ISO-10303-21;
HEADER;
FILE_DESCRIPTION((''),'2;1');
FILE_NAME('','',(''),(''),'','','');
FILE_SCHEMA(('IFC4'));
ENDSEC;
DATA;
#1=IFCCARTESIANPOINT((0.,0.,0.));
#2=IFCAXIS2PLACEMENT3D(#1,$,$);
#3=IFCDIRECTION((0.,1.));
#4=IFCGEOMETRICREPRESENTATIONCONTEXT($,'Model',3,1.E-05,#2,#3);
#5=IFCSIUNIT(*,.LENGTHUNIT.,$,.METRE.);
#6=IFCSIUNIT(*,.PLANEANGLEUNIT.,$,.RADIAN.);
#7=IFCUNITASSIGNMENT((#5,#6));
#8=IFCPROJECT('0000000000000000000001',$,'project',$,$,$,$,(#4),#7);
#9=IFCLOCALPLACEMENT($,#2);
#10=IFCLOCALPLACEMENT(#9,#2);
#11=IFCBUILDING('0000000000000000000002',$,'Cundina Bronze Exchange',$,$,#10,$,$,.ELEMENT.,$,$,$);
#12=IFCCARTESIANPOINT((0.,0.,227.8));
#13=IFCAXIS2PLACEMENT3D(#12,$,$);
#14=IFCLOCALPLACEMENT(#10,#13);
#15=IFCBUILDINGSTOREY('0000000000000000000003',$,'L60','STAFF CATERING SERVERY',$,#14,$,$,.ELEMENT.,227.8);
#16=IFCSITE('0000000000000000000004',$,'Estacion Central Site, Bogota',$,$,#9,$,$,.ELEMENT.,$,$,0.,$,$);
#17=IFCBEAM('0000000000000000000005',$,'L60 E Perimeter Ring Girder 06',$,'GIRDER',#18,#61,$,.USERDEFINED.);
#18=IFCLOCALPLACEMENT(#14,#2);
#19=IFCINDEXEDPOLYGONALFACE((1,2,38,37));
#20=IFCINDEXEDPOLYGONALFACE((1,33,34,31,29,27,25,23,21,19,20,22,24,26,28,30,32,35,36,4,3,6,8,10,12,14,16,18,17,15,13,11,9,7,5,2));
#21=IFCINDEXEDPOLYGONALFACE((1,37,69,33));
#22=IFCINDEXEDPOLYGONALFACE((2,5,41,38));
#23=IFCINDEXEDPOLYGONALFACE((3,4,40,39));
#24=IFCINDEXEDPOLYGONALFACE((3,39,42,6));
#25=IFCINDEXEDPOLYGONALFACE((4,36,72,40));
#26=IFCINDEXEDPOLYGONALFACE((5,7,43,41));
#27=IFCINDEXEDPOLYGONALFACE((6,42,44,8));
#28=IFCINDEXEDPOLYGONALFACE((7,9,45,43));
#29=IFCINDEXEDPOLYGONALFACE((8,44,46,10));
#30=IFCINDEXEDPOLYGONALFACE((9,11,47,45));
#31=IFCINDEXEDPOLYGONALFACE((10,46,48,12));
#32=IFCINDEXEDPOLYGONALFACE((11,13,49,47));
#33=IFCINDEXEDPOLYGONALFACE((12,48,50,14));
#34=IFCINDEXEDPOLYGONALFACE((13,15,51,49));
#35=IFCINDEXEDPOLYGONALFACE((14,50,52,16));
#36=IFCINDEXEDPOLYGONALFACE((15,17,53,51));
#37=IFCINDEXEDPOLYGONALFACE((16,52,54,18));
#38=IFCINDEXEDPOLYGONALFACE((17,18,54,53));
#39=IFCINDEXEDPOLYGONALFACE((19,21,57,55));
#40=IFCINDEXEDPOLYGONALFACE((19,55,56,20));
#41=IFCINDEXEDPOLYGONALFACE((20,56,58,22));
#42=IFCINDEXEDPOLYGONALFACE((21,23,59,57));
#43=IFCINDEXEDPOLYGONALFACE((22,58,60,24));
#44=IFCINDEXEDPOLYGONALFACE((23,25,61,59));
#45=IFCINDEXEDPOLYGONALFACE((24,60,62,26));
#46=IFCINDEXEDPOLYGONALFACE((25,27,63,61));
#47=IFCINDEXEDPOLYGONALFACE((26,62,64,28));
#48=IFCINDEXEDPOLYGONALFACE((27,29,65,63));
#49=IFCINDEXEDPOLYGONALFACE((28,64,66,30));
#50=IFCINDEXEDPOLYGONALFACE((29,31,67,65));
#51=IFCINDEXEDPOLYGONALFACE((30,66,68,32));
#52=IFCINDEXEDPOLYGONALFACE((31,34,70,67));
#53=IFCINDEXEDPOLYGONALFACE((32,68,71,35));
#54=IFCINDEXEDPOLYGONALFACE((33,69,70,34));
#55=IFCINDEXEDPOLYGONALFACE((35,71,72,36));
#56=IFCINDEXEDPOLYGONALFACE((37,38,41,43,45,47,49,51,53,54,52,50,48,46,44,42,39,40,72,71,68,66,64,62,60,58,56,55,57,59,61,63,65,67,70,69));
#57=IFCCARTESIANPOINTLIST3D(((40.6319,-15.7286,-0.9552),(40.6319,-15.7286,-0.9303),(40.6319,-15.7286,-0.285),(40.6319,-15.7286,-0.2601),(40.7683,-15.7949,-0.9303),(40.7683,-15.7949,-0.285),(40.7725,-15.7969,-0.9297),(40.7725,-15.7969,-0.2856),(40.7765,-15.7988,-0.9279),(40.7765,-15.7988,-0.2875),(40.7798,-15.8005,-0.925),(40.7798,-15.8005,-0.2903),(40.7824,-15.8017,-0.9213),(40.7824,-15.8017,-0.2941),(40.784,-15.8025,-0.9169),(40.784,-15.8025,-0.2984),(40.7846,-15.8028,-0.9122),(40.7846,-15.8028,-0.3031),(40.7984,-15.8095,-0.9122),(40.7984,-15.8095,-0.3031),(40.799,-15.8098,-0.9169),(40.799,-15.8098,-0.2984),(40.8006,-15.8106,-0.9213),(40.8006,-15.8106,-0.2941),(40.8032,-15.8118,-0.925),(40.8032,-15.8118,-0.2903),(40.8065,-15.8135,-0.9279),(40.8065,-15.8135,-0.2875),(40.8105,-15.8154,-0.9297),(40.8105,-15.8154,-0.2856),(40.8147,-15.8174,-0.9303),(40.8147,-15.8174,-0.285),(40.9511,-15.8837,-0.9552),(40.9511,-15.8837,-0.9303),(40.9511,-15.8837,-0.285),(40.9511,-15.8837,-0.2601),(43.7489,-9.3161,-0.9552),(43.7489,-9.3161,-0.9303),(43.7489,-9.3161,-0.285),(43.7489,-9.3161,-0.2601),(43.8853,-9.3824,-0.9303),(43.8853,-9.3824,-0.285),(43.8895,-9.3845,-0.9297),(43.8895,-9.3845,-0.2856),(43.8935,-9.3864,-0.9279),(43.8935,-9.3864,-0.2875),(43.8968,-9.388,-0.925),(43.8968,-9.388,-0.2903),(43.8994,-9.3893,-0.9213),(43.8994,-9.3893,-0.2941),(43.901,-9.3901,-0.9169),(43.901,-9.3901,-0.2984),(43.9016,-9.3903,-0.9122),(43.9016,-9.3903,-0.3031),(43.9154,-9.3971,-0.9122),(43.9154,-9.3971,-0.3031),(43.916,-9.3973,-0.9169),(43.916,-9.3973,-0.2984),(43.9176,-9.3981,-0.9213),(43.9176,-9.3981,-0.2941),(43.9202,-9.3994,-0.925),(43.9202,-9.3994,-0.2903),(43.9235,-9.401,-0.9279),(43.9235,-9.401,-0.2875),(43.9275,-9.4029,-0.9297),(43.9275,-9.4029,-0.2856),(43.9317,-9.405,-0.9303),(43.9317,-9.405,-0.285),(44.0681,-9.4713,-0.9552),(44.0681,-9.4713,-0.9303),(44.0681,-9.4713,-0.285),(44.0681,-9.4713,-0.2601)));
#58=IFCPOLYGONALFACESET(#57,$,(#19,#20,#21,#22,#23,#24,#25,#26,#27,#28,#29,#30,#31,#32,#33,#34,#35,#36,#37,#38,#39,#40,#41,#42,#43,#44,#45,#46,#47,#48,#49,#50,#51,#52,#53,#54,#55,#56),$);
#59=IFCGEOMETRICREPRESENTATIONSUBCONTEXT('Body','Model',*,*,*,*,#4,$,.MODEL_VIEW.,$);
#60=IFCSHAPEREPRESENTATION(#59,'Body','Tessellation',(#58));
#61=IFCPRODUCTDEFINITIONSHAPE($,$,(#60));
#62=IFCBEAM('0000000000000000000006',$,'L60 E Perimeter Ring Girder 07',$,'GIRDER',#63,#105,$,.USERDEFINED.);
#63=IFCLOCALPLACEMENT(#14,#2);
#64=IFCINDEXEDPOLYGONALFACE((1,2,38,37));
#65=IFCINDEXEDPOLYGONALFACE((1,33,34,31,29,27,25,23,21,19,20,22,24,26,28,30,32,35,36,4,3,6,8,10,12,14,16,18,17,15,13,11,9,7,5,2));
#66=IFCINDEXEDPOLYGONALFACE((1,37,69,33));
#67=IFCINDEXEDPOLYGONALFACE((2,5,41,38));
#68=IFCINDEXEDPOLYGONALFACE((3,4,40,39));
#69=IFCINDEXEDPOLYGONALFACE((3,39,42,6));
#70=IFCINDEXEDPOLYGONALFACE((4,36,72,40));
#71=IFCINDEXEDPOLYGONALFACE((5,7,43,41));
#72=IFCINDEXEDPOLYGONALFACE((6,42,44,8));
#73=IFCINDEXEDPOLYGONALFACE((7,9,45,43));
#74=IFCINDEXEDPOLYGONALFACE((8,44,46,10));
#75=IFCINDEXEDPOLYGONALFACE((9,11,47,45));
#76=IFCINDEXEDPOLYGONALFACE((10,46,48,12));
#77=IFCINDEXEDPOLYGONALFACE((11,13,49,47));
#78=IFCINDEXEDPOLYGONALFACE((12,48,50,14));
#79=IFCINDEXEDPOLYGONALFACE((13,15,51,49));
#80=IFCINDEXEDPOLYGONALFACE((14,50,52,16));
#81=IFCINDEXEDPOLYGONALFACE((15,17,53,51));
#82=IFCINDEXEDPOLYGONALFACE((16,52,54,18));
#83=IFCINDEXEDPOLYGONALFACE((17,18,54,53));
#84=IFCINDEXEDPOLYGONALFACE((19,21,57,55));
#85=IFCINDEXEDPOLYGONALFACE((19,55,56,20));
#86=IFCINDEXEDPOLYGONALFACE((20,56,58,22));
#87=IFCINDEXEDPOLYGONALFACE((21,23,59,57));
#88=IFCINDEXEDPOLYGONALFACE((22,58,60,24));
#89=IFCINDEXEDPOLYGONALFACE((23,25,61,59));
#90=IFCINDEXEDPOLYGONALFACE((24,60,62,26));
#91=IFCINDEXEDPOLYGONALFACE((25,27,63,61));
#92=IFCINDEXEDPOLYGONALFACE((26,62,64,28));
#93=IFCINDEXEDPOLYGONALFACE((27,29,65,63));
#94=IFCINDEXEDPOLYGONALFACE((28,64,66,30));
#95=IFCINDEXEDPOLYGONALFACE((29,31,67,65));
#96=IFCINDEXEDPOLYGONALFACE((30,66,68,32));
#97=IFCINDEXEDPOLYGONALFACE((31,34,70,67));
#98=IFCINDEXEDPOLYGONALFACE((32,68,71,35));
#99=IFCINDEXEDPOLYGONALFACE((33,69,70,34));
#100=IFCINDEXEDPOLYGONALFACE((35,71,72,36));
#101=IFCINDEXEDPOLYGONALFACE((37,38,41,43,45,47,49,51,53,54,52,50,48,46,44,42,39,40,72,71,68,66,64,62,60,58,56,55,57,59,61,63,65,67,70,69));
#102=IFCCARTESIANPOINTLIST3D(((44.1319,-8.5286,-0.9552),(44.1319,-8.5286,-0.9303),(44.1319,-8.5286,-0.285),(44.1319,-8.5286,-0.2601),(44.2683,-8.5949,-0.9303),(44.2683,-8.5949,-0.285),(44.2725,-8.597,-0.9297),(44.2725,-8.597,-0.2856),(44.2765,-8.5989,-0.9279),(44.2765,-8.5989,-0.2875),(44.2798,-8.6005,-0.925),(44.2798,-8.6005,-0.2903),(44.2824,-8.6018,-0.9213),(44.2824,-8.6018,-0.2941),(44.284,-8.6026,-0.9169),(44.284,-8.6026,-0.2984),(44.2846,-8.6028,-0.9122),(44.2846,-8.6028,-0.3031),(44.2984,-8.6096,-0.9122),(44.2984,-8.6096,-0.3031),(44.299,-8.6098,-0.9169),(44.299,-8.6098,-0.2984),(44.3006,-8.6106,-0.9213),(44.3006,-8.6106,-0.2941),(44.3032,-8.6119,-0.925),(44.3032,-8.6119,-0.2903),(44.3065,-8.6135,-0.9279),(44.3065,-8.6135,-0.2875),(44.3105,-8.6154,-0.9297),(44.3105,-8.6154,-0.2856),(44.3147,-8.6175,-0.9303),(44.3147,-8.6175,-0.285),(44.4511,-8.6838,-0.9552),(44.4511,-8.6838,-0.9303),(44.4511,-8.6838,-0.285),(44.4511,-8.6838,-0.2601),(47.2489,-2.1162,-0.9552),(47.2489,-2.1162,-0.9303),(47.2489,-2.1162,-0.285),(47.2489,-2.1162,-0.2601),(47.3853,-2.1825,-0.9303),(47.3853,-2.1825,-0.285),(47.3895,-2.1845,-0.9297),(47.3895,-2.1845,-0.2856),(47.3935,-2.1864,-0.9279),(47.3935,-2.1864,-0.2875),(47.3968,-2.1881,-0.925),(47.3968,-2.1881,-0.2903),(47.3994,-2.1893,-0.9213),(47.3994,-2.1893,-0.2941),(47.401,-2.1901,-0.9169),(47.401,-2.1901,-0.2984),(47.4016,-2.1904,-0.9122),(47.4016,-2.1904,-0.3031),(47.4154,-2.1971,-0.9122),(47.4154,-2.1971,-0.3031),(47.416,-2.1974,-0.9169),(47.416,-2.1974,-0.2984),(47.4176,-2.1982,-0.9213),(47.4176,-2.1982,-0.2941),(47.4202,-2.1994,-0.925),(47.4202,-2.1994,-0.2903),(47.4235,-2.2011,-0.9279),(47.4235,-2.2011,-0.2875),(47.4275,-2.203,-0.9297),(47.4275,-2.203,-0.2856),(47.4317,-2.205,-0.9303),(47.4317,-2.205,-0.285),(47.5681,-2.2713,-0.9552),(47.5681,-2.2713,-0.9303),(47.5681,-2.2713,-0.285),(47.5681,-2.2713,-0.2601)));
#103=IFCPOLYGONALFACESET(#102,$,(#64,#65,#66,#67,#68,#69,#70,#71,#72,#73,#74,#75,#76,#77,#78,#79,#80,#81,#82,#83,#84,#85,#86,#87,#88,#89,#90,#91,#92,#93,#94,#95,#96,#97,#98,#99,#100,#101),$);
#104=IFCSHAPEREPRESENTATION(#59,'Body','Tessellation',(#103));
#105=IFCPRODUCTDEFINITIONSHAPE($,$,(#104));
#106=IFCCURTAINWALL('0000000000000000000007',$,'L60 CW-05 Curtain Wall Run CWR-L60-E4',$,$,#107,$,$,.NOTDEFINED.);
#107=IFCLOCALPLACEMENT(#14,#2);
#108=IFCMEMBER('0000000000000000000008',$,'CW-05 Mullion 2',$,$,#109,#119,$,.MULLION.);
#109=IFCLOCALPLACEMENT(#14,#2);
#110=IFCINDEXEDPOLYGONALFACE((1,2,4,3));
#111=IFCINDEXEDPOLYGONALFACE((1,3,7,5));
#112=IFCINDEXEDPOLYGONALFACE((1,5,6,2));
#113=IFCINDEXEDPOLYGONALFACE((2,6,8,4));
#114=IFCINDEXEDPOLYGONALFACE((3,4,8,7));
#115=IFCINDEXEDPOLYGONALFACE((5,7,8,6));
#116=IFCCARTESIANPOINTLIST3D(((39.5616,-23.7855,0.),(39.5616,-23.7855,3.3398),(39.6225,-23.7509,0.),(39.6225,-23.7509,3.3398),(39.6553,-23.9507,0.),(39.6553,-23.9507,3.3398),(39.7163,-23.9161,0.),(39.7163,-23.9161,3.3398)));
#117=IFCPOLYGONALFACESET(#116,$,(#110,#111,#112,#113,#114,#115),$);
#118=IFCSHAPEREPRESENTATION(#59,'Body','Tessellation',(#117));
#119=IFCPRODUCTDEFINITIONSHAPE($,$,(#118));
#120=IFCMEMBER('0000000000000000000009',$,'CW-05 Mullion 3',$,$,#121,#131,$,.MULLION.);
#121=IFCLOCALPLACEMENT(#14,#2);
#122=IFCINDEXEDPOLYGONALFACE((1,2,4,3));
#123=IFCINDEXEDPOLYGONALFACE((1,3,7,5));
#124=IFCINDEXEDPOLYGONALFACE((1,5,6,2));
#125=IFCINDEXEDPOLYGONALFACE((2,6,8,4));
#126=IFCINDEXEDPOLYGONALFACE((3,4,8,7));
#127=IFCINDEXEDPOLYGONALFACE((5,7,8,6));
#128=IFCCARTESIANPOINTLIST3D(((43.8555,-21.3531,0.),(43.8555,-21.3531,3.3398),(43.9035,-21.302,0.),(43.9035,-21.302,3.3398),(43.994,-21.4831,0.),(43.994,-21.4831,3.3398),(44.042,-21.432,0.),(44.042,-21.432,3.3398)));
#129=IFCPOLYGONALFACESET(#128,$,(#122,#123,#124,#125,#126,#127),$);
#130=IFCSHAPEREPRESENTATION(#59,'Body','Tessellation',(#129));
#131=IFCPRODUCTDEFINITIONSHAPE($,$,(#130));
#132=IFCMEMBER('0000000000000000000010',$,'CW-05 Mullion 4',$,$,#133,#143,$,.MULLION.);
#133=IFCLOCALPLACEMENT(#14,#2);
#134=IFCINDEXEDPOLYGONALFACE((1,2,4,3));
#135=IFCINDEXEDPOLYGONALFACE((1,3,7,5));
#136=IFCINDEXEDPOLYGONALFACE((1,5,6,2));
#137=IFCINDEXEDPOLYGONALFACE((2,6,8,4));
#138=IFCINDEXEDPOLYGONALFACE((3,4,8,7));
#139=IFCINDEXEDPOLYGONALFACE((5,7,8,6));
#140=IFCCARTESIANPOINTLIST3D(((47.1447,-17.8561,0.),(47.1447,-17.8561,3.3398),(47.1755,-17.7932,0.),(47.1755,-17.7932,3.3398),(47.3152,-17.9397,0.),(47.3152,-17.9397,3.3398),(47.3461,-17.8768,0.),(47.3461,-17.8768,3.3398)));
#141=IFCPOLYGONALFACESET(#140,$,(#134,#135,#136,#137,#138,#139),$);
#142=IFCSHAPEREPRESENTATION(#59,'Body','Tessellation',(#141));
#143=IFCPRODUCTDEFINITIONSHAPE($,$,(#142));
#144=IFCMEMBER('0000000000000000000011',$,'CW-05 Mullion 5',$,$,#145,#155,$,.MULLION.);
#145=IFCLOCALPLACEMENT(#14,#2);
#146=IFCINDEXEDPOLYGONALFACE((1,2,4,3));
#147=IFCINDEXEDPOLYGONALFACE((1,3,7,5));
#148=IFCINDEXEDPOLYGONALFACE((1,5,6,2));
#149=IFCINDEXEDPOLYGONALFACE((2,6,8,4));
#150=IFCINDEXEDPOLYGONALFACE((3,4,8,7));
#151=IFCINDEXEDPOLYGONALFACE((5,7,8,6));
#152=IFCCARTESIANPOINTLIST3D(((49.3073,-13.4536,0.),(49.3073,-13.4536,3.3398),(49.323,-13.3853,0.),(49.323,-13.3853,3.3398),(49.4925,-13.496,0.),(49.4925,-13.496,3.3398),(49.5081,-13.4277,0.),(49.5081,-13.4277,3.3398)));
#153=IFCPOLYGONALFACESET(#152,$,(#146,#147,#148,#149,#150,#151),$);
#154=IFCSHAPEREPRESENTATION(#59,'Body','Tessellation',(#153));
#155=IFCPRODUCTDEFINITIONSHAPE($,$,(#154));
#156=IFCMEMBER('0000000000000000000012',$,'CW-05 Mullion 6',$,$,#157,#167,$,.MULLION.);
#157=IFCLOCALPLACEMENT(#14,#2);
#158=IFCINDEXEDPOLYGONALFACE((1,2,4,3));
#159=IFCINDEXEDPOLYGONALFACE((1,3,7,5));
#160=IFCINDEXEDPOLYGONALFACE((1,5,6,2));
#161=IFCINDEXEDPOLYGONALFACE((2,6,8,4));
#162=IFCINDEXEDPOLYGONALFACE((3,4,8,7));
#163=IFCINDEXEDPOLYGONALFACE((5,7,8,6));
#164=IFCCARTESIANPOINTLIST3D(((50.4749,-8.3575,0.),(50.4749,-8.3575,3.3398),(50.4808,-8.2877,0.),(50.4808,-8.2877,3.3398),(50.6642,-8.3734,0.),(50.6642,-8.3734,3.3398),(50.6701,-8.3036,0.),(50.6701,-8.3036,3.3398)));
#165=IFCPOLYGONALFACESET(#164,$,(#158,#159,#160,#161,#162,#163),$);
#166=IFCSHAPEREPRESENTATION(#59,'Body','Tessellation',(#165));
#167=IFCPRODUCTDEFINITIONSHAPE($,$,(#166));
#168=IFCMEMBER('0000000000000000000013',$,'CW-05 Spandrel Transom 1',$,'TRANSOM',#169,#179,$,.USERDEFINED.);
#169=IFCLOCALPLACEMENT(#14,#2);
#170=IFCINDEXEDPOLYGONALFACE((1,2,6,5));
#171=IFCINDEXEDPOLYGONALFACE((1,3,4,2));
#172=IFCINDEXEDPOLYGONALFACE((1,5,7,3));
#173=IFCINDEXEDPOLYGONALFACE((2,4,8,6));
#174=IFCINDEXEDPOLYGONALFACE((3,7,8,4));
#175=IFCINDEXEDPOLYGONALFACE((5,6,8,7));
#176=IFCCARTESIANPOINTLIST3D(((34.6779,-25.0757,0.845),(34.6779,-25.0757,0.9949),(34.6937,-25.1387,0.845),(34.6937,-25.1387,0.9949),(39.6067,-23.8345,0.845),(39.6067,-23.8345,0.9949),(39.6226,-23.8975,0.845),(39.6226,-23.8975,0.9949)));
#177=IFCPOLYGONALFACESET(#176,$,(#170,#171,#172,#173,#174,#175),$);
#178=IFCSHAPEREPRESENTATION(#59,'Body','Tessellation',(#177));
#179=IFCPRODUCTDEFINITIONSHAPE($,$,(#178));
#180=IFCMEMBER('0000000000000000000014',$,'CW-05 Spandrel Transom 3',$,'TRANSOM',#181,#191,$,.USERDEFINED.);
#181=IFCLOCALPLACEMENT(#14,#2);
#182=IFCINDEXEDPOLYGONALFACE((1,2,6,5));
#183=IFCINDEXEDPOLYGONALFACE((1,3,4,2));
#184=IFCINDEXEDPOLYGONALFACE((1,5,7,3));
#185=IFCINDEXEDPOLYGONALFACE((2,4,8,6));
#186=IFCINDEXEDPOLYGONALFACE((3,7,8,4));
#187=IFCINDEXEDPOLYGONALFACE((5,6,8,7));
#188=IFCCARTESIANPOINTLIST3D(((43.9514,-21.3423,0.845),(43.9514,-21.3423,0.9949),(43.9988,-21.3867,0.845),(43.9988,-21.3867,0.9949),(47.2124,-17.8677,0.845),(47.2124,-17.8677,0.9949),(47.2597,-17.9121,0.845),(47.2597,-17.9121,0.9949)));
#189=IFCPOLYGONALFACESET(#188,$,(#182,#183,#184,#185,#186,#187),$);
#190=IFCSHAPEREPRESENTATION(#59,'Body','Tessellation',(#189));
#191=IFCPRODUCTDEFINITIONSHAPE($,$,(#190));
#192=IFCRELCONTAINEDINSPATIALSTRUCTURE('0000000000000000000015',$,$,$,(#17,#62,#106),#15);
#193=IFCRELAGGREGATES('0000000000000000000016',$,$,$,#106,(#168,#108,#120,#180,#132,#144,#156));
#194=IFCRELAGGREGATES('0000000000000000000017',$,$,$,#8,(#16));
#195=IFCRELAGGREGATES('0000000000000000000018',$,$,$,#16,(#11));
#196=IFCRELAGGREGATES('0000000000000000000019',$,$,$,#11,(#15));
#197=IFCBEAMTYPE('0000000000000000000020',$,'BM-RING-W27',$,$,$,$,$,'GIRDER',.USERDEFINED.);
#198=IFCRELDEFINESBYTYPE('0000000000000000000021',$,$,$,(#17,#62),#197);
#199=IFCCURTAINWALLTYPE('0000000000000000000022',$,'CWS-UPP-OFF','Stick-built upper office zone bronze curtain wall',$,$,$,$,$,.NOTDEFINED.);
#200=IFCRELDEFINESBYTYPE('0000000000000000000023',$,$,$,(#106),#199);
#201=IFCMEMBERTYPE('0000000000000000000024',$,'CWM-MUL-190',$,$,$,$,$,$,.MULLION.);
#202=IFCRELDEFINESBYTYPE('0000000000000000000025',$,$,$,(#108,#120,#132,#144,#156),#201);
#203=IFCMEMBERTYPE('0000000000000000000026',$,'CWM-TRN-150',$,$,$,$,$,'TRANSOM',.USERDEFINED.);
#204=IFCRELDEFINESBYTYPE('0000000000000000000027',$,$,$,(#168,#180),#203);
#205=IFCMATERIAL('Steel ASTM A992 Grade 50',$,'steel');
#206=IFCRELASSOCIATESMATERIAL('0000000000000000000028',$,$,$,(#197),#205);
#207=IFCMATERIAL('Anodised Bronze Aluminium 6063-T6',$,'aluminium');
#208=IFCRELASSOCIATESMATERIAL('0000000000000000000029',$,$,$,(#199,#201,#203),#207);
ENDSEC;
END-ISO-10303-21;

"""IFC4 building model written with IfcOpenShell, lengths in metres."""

from ifc_helpers import new_model, si_unit, direction, frame, origin, origin_2d, place, context, subcontext, project, spatial, rectangle, i_section, extrude, material, material_profile, profile_set, type_object, element, aggregate, save


model = new_model("IFC4")

# Units and contexts
model_context = context("Model", 3, precision=1e-05, world=origin(), true_north=direction((0.0, 1.0)))
body_context = subcontext(model_context, "Body", "Model", "MODEL_VIEW")
ifc_project = project(units=[si_unit("LENGTHUNIT", "METRE"), si_unit("PLANEANGLEUNIT", "RADIAN")], contexts=[model_context])

# Site, building, storey
site_placement = place(None, origin())
site = spatial("IfcSite", under=ifc_project, at=site_placement, Name="Estacion Central Site, Bogota", CompositionType="ELEMENT", RefElevation=0.0)
building_placement = place(site_placement, origin())
building = spatial("IfcBuilding", under=site, at=building_placement, Name="Cundina Bronze Exchange", CompositionType="ELEMENT")
storey_placement = place(building_placement, frame((0.0, 0.0, 227.8)))
storey = spatial("IfcBuildingStorey", under=building, at=storey_placement, Name="L60", Description="STAFF CATERING SERVERY", CompositionType="ELEMENT", Elevation=227.8)

# Beams
ifc_material_1 = material(Name="Steel ASTM A992 Grade 50", Category="steel")
ifc_material_profile_1 = material_profile(ifc_material_1, i_section(OverallWidth=0.355, OverallDepth=0.6951, WebThickness=0.0154, FlangeThickness=0.0249, FilletRadius=0.0181, at=origin_2d()), Name="W27X146", Category="steel")
ifc_profile_set_1 = profile_set([ifc_material_profile_1], Name="Steel ASTM A992 Grade 50")
beam_type_1 = type_object("IfcBeamType", Name="BM-RING-W27", ElementType="GIRDER", PredefinedType="USERDEFINED", material=ifc_profile_set_1)
for number, where, z_axis, x_axis, name in (
    (1, (40.7915, -15.8062, -0.6077), (0.437173, 0.899377, 0.0), (-0.899377, 0.437173, 0.0), "L60 E Perimeter Ring Girder 06"),
    (2, (44.2915, -8.6062, -0.6077), (0.437173, 0.899377, 0.0), (-0.899377, 0.437173, 0.0), "L60 E Perimeter Ring Girder 07"),
):
    element("IfcBeam", number, at=place(storey_placement, frame(where, z_axis=z_axis, x_axis=x_axis)), inside=storey, type_object=beam_type_1, Name=name, ObjectType="GIRDER", PredefinedType="USERDEFINED", context=body_context, shape_type="SweptSolid", body=[
        extrude(i_section(OverallWidth=0.355, OverallDepth=0.6951, WebThickness=0.0154, FlangeThickness=0.0249, FilletRadius=0.0181, at=origin_2d()), origin(), (0.0, 0.0, 1.0), 7.1299),
    ])

# Curtain wall, members
ifc_material_2 = material(Name="Anodised Bronze Aluminium 6063-T6", Category="aluminium")
curtain_wall_type = type_object("IfcCurtainWallType", Name="CWS-UPP-OFF", Description="Stick-built upper office zone bronze curtain wall", PredefinedType="NOTDEFINED", material=ifc_material_2)
curtain_wall_placement = place(storey_placement, origin())
curtain_wall = element("IfcCurtainWall", 3, at=curtain_wall_placement, inside=storey, type_object=curtain_wall_type, Name="L60 CW-05 Curtain Wall Run CWR-L60-E4", PredefinedType="NOTDEFINED")
ifc_material_profile_2 = material_profile(ifc_material_2, rectangle(XDim=0.0701, YDim=0.1899, at=origin_2d()), Name="AL70X190", Category="aluminium")
ifc_profile_set_2 = profile_set([ifc_material_profile_2], Name="Anodised Bronze Aluminium 6063-T6")
member_type_1 = type_object("IfcMemberType", Name="CWM-MUL-190", PredefinedType="MULLION", material=ifc_profile_set_2)
member_1_placement = place(storey_placement, frame((39.6389, -23.8508, 0.0), z_axis=(0.0, 0.0, 1.0), x_axis=(0.869581, 0.49379, 0.0)))
member_1 = element("IfcMember", 4, at=member_1_placement, type_object=member_type_1, Name="CW-05 Mullion 2", PredefinedType="MULLION", context=body_context, shape_type="SweptSolid", body=[
    extrude(rectangle(XDim=0.0701, YDim=0.1899, at=origin_2d()), origin(), (0.0, 0.0, 1.0), 3.3398),
])
member_2_placement = place(storey_placement, frame((43.9487, -21.3926, 0.0), z_axis=(0.0, 0.0, 1.0), x_axis=(0.684293, 0.729208, 0.0)))
member_2 = element("IfcMember", 5, at=member_2_placement, type_object=member_type_1, Name="CW-05 Mullion 3", PredefinedType="MULLION", context=body_context, shape_type="SweptSolid", body=[
    extrude(rectangle(XDim=0.0701, YDim=0.1899, at=origin_2d()), origin(), (0.0, 0.0, 1.0), 3.3398),
])
member_3_placement = place(storey_placement, frame((47.2454, -17.8665, 0.0), z_axis=(0.0, 0.0, 1.0), x_axis=(0.440566, 0.89772, 0.0)))
member_3 = element("IfcMember", 6, at=member_3_placement, type_object=member_type_1, Name="CW-05 Mullion 4", PredefinedType="MULLION", context=body_context, shape_type="SweptSolid", body=[
    extrude(rectangle(XDim=0.0701, YDim=0.1899, at=origin_2d()), origin(), (0.0, 0.0, 1.0), 3.3398),
])
member_4_placement = place(storey_placement, frame((49.4077, -13.4407, 0.0), z_axis=(0.0, 0.0, 1.0), x_axis=(0.22325, 0.974761, 0.0)))
member_4 = element("IfcMember", 7, at=member_4_placement, type_object=member_type_1, Name="CW-05 Mullion 5", PredefinedType="MULLION", context=body_context, shape_type="SweptSolid", body=[
    extrude(rectangle(XDim=0.0701, YDim=0.1899, at=origin_2d()), origin(), (0.0, 0.0, 1.0), 3.3398),
])
member_5_placement = place(storey_placement, frame((50.5725, -8.3306, 0.0), z_axis=(0.0, 0.0, 1.0), x_axis=(0.083678, 0.996493, 0.0)))
member_5 = element("IfcMember", 8, at=member_5_placement, type_object=member_type_1, Name="CW-05 Mullion 6", PredefinedType="MULLION", context=body_context, shape_type="SweptSolid", body=[
    extrude(rectangle(XDim=0.0701, YDim=0.1899, at=origin_2d()), origin(), (0.0, 0.0, 1.0), 3.3398),
])
ifc_material_profile_3 = material_profile(ifc_material_2, rectangle(XDim=0.0649, YDim=0.1499, at=origin_2d()), Name="AL65X150", Category="aluminium")
ifc_profile_set_3 = profile_set([ifc_material_profile_3], Name="Anodised Bronze Aluminium 6063-T6")
member_type_2 = type_object("IfcMemberType", Name="CWM-TRN-150", ElementType="TRANSOM", PredefinedType="USERDEFINED", material=ifc_profile_set_3)
member_6_placement = place(storey_placement, frame((34.6858, -25.1072, 0.9199), z_axis=(0.969726, 0.244197, 0.0), x_axis=(-0.244197, 0.969726, 0.0)))
member_6 = element("IfcMember", 9, at=member_6_placement, type_object=member_type_2, Name="CW-05 Spandrel Transom 1", ObjectType="TRANSOM", PredefinedType="USERDEFINED", context=body_context, shape_type="SweptSolid", body=[
    extrude(rectangle(XDim=0.0649, YDim=0.1499, at=origin_2d()), origin(), (0.0, 0.0, 1.0), 5.0828),
])
member_7_placement = place(storey_placement, frame((43.9751, -21.3645, 0.9199), z_axis=(0.684336, 0.729166, 0.0), x_axis=(-0.729166, 0.684336, 0.0)))
member_7 = element("IfcMember", 10, at=member_7_placement, type_object=member_type_2, Name="CW-05 Spandrel Transom 3", ObjectType="TRANSOM", PredefinedType="USERDEFINED", context=body_context, shape_type="SweptSolid", body=[
    extrude(rectangle(XDim=0.0649, YDim=0.1499, at=origin_2d()), origin(), (0.0, 0.0, 1.0), 4.7651),
])
aggregate(curtain_wall, [member_6, member_1, member_2, member_7, member_3, member_4, member_5])

save(model, "model.ifc")
